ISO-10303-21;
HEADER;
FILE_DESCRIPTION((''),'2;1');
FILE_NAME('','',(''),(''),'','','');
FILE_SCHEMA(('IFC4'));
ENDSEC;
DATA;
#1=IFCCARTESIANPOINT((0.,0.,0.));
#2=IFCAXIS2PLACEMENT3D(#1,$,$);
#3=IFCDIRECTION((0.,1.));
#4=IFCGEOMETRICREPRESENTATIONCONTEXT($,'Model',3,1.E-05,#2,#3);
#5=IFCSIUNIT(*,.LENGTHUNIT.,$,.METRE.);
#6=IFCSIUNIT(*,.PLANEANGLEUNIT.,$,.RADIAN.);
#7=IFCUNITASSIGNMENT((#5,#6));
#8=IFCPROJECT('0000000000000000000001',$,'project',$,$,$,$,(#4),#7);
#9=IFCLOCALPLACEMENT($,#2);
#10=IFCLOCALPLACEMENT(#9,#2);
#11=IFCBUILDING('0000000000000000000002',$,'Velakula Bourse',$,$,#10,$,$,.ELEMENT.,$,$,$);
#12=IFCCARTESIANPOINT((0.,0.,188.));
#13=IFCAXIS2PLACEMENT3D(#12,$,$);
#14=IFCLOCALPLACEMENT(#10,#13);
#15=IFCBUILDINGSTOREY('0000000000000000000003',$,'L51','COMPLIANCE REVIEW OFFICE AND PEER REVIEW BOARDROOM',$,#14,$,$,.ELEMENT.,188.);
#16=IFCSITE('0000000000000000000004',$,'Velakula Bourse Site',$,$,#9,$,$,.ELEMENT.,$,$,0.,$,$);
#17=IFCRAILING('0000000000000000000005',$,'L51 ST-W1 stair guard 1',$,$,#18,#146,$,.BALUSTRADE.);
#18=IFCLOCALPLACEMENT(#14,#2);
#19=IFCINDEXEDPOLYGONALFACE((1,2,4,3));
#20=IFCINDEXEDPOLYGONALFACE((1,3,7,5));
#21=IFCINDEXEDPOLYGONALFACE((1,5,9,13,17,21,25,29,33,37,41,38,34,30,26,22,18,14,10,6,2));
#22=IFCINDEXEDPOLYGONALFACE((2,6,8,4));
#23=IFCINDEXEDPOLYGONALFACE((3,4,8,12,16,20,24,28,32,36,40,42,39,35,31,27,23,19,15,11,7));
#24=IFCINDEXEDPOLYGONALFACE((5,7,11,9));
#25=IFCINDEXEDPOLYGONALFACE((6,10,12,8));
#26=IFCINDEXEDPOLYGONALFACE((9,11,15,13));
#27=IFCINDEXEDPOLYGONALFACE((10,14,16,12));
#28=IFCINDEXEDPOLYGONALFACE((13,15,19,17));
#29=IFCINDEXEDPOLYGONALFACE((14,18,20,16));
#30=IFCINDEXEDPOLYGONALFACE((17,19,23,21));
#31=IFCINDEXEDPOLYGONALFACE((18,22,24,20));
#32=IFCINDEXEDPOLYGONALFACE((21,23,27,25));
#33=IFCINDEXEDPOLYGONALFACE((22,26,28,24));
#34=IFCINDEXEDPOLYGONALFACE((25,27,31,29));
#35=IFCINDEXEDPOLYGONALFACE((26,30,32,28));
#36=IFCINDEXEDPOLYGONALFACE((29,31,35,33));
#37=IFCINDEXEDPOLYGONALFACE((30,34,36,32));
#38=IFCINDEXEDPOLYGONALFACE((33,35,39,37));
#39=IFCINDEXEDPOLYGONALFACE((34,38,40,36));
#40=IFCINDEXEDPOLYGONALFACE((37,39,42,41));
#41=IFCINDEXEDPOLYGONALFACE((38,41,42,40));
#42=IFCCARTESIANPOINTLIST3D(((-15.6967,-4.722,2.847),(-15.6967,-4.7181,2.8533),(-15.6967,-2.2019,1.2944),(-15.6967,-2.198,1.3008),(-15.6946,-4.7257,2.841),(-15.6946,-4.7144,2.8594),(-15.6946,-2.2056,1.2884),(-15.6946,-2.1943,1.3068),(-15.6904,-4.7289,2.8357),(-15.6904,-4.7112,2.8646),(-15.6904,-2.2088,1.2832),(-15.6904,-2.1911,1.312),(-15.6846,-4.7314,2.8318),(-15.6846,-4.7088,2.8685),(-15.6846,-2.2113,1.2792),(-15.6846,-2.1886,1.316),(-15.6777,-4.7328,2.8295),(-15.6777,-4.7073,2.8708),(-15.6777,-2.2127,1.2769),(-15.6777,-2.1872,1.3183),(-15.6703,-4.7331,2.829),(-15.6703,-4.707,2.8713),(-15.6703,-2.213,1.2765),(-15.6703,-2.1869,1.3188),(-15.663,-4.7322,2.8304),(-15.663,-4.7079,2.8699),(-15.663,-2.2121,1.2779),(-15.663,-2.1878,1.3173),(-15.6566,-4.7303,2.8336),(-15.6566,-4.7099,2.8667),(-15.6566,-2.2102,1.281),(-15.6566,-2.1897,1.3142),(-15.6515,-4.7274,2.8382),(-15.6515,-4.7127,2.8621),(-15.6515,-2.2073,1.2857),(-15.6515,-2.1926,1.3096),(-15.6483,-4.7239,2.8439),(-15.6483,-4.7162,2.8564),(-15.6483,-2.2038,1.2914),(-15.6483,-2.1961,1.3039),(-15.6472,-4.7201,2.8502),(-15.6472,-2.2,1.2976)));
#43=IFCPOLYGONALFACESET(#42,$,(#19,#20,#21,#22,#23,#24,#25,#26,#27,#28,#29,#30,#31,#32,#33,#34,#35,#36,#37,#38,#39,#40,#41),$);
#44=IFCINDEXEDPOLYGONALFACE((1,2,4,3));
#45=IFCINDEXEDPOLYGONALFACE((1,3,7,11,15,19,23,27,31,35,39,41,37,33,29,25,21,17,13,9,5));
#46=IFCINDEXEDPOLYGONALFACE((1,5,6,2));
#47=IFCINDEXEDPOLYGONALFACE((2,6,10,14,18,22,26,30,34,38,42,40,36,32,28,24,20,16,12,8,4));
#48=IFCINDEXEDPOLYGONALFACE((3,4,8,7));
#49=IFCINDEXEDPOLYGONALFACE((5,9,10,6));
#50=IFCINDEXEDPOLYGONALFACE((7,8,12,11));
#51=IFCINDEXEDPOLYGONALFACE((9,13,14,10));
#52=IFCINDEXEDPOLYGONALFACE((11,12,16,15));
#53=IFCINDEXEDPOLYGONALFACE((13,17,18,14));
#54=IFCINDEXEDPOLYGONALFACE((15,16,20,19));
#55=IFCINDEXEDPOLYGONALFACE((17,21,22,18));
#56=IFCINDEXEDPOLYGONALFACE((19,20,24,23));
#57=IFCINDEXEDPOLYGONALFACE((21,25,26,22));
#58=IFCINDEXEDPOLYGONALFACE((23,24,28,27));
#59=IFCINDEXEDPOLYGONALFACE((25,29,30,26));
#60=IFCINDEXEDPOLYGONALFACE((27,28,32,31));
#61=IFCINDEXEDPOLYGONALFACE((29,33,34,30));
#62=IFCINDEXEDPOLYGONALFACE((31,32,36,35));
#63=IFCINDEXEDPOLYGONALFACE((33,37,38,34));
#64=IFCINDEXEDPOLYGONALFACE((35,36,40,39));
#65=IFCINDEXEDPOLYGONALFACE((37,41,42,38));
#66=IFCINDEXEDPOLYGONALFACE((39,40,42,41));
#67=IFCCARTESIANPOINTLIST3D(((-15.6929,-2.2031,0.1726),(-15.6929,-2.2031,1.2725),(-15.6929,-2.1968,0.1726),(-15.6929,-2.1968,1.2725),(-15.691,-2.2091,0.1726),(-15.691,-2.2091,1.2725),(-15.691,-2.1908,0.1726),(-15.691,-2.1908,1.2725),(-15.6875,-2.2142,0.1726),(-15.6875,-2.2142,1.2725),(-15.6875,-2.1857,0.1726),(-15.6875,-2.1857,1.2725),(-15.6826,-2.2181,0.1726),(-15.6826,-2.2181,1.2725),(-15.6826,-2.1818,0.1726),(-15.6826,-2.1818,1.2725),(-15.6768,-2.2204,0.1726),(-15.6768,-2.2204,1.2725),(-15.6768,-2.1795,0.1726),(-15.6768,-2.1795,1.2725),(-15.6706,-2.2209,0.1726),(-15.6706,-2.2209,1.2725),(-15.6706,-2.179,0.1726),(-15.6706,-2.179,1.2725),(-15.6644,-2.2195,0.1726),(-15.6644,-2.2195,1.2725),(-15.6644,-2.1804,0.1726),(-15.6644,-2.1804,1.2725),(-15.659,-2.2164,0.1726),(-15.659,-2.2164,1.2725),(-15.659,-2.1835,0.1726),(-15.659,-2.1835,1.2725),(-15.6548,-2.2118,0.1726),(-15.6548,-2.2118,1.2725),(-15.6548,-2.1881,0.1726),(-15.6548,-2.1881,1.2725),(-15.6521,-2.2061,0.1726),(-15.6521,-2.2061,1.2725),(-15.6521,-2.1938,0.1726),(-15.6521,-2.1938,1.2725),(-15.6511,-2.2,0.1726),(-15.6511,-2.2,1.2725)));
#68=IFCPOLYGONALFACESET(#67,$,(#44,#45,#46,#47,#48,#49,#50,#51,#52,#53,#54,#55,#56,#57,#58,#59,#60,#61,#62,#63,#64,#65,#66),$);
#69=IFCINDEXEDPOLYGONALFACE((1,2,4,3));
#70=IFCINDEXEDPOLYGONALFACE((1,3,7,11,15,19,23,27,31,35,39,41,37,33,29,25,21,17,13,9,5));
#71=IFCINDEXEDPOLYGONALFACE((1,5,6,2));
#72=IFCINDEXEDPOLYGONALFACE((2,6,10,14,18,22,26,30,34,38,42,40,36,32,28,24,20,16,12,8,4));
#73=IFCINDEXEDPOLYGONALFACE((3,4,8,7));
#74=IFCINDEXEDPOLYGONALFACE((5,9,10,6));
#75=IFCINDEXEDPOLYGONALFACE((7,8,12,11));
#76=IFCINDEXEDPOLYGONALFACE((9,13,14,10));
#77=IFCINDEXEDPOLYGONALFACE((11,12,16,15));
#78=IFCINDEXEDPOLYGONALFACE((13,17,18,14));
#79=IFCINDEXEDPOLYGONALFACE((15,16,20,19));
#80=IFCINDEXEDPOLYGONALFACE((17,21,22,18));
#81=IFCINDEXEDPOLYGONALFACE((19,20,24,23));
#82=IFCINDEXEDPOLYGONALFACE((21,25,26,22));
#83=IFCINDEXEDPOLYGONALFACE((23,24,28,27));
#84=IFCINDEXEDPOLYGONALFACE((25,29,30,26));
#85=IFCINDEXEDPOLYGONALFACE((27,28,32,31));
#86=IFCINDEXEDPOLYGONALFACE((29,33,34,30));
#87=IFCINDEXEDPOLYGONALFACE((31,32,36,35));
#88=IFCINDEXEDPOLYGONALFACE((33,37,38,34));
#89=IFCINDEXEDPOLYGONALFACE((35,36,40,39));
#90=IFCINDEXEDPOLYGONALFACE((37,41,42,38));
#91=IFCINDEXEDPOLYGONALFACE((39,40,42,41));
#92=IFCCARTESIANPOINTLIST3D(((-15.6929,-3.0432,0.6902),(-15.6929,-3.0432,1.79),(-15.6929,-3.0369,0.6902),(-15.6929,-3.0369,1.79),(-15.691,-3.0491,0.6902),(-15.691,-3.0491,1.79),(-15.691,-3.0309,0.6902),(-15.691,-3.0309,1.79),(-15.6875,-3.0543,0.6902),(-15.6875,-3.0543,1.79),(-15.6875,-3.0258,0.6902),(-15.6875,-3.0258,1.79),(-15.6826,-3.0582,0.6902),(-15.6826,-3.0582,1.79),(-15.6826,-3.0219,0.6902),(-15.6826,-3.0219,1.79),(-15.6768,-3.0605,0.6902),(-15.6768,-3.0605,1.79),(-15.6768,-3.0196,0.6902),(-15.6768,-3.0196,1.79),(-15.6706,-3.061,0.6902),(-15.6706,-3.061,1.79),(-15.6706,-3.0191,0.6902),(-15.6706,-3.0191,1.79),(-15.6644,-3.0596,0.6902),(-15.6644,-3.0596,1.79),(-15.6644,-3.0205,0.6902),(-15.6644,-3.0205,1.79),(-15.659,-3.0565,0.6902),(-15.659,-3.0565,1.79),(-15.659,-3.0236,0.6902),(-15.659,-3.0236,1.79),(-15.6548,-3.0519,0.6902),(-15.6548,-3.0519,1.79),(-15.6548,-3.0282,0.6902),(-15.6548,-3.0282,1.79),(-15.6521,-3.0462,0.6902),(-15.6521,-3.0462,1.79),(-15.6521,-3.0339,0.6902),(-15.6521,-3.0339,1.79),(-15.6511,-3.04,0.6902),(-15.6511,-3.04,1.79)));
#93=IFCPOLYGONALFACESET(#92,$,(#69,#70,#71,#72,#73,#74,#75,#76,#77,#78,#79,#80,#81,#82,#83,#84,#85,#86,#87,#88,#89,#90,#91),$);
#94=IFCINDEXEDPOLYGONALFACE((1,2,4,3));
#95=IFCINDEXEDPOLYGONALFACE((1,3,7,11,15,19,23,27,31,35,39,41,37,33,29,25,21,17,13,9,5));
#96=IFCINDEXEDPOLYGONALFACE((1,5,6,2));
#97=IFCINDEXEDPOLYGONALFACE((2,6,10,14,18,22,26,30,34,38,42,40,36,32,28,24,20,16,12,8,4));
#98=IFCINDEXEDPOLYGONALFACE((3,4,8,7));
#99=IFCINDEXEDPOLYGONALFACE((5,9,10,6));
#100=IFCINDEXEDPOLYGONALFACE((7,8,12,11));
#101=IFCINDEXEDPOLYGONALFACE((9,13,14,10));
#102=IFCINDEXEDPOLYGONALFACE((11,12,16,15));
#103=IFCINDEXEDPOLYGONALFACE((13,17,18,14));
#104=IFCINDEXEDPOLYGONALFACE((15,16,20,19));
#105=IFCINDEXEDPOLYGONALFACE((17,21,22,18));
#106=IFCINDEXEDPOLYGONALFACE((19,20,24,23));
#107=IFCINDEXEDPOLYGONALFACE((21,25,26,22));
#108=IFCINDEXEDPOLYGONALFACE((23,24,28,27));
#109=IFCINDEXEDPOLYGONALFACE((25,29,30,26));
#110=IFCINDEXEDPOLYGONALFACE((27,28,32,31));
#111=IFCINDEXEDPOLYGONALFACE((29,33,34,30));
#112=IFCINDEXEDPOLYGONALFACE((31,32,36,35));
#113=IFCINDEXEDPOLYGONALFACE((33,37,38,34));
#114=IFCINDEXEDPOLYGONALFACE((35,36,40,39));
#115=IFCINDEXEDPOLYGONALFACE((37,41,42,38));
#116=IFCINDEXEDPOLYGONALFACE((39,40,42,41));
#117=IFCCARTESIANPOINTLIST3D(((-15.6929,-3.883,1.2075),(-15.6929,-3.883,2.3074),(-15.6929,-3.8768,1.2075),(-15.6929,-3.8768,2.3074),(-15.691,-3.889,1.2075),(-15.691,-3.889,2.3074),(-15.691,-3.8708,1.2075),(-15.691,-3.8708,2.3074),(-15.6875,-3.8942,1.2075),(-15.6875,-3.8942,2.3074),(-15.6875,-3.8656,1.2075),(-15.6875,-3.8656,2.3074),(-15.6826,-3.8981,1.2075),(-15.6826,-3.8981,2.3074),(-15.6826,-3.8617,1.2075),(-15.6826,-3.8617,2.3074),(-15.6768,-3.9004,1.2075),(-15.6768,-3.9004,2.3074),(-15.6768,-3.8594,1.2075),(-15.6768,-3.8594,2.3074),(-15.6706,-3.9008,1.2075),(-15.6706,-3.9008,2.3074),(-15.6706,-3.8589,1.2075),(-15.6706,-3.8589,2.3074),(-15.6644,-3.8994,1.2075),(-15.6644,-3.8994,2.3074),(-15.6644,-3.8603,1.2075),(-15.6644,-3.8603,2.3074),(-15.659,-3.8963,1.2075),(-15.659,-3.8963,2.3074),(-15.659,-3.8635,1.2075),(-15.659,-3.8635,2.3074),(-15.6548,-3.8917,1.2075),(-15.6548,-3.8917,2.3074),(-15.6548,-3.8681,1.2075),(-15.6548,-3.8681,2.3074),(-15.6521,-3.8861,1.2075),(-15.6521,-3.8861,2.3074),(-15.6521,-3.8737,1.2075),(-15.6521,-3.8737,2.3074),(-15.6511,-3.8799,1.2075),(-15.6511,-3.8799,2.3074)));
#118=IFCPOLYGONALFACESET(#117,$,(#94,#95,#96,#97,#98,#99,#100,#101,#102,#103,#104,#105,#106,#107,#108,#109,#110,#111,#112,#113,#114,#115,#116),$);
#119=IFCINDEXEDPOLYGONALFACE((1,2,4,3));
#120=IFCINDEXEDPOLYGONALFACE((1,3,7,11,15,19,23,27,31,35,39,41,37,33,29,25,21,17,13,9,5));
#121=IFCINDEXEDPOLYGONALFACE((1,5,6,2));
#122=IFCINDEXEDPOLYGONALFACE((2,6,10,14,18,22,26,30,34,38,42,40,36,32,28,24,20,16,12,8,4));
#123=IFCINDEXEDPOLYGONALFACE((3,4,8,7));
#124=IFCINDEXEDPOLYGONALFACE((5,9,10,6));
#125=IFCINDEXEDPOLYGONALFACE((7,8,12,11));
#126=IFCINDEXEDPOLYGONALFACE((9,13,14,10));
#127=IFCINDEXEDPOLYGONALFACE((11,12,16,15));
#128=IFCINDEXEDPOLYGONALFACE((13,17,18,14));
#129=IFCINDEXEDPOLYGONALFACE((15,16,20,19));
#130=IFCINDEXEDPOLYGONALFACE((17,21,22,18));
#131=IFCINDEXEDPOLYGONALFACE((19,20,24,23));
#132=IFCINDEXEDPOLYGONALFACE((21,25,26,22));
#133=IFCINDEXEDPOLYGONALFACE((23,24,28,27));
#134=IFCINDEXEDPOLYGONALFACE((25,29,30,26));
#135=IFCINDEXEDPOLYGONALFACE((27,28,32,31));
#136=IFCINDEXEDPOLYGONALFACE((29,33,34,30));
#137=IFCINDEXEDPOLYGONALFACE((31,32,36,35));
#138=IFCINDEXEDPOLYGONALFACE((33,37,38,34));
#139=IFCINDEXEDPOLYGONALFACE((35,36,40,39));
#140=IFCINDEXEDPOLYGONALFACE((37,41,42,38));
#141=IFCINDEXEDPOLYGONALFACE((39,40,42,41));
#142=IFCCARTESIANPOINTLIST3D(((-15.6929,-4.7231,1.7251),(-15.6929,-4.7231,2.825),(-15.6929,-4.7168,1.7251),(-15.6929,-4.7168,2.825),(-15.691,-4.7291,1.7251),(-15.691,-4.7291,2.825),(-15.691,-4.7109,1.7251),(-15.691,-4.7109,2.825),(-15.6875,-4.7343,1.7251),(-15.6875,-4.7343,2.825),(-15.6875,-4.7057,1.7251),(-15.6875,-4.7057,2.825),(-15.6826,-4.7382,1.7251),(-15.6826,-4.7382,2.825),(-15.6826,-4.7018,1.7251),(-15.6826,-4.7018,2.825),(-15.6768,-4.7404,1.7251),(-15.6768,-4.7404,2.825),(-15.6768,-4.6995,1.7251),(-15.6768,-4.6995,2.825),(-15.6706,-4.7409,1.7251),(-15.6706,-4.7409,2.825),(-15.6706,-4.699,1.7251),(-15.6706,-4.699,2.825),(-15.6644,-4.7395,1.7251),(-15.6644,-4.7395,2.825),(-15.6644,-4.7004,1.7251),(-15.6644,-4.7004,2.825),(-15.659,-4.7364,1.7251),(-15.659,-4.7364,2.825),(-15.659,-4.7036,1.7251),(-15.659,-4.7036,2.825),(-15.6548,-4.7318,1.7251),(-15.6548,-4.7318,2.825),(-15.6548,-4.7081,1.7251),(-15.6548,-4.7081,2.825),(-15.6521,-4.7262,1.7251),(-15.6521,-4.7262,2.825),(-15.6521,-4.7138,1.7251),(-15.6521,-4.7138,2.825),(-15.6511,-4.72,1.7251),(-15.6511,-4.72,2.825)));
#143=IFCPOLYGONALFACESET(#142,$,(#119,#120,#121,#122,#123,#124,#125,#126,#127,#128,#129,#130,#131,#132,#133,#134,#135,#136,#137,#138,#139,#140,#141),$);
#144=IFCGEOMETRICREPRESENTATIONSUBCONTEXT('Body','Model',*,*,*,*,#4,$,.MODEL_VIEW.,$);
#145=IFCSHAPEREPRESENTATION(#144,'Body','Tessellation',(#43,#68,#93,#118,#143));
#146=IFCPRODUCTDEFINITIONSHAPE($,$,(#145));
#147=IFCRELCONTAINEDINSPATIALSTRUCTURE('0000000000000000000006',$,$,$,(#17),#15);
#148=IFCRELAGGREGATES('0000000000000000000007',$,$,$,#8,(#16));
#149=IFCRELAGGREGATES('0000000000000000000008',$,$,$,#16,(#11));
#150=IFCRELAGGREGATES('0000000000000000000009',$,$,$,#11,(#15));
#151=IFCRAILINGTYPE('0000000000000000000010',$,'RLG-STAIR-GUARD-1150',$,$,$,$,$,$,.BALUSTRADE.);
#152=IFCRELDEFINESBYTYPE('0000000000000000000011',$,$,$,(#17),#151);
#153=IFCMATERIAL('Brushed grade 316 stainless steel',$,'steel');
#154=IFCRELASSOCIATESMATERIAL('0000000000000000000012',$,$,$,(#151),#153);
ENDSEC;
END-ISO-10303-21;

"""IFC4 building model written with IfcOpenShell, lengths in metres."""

from ifc_helpers import new_model, si_unit, direction, frame, origin, origin_2d, place, context, subcontext, project, spatial, circle, extrude, material, type_object, element, save


model = new_model("IFC4")

# Units and contexts
model_context = context("Model", 3, precision=1e-05, world=origin(), true_north=direction((0.0, 1.0)))
body_context = subcontext(model_context, "Body", "Model", "MODEL_VIEW")
ifc_project = project(units=[si_unit("LENGTHUNIT", "METRE"), si_unit("PLANEANGLEUNIT", "RADIAN")], contexts=[model_context])

# Site, building, storey
site_placement = place(None, origin())
site = spatial("IfcSite", under=ifc_project, at=site_placement, Name="Velakula Bourse Site", CompositionType="ELEMENT", RefElevation=0.0)
building_placement = place(site_placement, origin())
building = spatial("IfcBuilding", under=site, at=building_placement, Name="Velakula Bourse", CompositionType="ELEMENT")
storey_placement = place(building_placement, frame((0.0, 0.0, 188.0)))
storey = spatial("IfcBuildingStorey", under=building, at=storey_placement, Name="L51", Description="COMPLIANCE REVIEW OFFICE AND PEER REVIEW BOARDROOM", CompositionType="ELEMENT", Elevation=188.0)

# Shared definitions
ifc_material_1 = material(Name="Brushed grade 316 stainless steel", Category="steel")

# Railing
railing_type_1 = type_object("IfcRailingType", Name="RLG-STAIR-GUARD-1150", PredefinedType="BALUSTRADE", material=ifc_material_1)
railing_1_placement = place(storey_placement, frame((-15.6721, -2.2, 0.1726)))
element("IfcRailing", 1, at=railing_1_placement, inside=storey, type_object=railing_type_1, Name="L51 ST-W1 stair guard 1", PredefinedType="BALUSTRADE", context=body_context, shape_type="SweptSolid", body=[
    extrude(circle(Radius=0.0249, at=origin_2d()), frame((0.0, 0.0, 1.125), z_axis=(0.0, -0.8514, 0.524516), x_axis=(1.0, 0.0, 0.0)), (0.0, 0.0, 1.0), 2.96),
    extrude(circle(Radius=0.021, at=origin_2d()), origin(), (0.0, 0.0, 1.0), 1.0999),
    extrude(circle(Radius=0.021, at=origin_2d()), frame((0.0, -0.8401, 0.5176)), (0.0, 0.0, 1.0), 1.0999),
    extrude(circle(Radius=0.021, at=origin_2d()), frame((0.0, -1.6799, 1.0349)), (0.0, 0.0, 1.0), 1.0999),
    extrude(circle(Radius=0.021, at=origin_2d()), frame((0.0, -2.52, 1.5525)), (0.0, 0.0, 1.0), 1.0999),
])

save(model, "model.ifc")
